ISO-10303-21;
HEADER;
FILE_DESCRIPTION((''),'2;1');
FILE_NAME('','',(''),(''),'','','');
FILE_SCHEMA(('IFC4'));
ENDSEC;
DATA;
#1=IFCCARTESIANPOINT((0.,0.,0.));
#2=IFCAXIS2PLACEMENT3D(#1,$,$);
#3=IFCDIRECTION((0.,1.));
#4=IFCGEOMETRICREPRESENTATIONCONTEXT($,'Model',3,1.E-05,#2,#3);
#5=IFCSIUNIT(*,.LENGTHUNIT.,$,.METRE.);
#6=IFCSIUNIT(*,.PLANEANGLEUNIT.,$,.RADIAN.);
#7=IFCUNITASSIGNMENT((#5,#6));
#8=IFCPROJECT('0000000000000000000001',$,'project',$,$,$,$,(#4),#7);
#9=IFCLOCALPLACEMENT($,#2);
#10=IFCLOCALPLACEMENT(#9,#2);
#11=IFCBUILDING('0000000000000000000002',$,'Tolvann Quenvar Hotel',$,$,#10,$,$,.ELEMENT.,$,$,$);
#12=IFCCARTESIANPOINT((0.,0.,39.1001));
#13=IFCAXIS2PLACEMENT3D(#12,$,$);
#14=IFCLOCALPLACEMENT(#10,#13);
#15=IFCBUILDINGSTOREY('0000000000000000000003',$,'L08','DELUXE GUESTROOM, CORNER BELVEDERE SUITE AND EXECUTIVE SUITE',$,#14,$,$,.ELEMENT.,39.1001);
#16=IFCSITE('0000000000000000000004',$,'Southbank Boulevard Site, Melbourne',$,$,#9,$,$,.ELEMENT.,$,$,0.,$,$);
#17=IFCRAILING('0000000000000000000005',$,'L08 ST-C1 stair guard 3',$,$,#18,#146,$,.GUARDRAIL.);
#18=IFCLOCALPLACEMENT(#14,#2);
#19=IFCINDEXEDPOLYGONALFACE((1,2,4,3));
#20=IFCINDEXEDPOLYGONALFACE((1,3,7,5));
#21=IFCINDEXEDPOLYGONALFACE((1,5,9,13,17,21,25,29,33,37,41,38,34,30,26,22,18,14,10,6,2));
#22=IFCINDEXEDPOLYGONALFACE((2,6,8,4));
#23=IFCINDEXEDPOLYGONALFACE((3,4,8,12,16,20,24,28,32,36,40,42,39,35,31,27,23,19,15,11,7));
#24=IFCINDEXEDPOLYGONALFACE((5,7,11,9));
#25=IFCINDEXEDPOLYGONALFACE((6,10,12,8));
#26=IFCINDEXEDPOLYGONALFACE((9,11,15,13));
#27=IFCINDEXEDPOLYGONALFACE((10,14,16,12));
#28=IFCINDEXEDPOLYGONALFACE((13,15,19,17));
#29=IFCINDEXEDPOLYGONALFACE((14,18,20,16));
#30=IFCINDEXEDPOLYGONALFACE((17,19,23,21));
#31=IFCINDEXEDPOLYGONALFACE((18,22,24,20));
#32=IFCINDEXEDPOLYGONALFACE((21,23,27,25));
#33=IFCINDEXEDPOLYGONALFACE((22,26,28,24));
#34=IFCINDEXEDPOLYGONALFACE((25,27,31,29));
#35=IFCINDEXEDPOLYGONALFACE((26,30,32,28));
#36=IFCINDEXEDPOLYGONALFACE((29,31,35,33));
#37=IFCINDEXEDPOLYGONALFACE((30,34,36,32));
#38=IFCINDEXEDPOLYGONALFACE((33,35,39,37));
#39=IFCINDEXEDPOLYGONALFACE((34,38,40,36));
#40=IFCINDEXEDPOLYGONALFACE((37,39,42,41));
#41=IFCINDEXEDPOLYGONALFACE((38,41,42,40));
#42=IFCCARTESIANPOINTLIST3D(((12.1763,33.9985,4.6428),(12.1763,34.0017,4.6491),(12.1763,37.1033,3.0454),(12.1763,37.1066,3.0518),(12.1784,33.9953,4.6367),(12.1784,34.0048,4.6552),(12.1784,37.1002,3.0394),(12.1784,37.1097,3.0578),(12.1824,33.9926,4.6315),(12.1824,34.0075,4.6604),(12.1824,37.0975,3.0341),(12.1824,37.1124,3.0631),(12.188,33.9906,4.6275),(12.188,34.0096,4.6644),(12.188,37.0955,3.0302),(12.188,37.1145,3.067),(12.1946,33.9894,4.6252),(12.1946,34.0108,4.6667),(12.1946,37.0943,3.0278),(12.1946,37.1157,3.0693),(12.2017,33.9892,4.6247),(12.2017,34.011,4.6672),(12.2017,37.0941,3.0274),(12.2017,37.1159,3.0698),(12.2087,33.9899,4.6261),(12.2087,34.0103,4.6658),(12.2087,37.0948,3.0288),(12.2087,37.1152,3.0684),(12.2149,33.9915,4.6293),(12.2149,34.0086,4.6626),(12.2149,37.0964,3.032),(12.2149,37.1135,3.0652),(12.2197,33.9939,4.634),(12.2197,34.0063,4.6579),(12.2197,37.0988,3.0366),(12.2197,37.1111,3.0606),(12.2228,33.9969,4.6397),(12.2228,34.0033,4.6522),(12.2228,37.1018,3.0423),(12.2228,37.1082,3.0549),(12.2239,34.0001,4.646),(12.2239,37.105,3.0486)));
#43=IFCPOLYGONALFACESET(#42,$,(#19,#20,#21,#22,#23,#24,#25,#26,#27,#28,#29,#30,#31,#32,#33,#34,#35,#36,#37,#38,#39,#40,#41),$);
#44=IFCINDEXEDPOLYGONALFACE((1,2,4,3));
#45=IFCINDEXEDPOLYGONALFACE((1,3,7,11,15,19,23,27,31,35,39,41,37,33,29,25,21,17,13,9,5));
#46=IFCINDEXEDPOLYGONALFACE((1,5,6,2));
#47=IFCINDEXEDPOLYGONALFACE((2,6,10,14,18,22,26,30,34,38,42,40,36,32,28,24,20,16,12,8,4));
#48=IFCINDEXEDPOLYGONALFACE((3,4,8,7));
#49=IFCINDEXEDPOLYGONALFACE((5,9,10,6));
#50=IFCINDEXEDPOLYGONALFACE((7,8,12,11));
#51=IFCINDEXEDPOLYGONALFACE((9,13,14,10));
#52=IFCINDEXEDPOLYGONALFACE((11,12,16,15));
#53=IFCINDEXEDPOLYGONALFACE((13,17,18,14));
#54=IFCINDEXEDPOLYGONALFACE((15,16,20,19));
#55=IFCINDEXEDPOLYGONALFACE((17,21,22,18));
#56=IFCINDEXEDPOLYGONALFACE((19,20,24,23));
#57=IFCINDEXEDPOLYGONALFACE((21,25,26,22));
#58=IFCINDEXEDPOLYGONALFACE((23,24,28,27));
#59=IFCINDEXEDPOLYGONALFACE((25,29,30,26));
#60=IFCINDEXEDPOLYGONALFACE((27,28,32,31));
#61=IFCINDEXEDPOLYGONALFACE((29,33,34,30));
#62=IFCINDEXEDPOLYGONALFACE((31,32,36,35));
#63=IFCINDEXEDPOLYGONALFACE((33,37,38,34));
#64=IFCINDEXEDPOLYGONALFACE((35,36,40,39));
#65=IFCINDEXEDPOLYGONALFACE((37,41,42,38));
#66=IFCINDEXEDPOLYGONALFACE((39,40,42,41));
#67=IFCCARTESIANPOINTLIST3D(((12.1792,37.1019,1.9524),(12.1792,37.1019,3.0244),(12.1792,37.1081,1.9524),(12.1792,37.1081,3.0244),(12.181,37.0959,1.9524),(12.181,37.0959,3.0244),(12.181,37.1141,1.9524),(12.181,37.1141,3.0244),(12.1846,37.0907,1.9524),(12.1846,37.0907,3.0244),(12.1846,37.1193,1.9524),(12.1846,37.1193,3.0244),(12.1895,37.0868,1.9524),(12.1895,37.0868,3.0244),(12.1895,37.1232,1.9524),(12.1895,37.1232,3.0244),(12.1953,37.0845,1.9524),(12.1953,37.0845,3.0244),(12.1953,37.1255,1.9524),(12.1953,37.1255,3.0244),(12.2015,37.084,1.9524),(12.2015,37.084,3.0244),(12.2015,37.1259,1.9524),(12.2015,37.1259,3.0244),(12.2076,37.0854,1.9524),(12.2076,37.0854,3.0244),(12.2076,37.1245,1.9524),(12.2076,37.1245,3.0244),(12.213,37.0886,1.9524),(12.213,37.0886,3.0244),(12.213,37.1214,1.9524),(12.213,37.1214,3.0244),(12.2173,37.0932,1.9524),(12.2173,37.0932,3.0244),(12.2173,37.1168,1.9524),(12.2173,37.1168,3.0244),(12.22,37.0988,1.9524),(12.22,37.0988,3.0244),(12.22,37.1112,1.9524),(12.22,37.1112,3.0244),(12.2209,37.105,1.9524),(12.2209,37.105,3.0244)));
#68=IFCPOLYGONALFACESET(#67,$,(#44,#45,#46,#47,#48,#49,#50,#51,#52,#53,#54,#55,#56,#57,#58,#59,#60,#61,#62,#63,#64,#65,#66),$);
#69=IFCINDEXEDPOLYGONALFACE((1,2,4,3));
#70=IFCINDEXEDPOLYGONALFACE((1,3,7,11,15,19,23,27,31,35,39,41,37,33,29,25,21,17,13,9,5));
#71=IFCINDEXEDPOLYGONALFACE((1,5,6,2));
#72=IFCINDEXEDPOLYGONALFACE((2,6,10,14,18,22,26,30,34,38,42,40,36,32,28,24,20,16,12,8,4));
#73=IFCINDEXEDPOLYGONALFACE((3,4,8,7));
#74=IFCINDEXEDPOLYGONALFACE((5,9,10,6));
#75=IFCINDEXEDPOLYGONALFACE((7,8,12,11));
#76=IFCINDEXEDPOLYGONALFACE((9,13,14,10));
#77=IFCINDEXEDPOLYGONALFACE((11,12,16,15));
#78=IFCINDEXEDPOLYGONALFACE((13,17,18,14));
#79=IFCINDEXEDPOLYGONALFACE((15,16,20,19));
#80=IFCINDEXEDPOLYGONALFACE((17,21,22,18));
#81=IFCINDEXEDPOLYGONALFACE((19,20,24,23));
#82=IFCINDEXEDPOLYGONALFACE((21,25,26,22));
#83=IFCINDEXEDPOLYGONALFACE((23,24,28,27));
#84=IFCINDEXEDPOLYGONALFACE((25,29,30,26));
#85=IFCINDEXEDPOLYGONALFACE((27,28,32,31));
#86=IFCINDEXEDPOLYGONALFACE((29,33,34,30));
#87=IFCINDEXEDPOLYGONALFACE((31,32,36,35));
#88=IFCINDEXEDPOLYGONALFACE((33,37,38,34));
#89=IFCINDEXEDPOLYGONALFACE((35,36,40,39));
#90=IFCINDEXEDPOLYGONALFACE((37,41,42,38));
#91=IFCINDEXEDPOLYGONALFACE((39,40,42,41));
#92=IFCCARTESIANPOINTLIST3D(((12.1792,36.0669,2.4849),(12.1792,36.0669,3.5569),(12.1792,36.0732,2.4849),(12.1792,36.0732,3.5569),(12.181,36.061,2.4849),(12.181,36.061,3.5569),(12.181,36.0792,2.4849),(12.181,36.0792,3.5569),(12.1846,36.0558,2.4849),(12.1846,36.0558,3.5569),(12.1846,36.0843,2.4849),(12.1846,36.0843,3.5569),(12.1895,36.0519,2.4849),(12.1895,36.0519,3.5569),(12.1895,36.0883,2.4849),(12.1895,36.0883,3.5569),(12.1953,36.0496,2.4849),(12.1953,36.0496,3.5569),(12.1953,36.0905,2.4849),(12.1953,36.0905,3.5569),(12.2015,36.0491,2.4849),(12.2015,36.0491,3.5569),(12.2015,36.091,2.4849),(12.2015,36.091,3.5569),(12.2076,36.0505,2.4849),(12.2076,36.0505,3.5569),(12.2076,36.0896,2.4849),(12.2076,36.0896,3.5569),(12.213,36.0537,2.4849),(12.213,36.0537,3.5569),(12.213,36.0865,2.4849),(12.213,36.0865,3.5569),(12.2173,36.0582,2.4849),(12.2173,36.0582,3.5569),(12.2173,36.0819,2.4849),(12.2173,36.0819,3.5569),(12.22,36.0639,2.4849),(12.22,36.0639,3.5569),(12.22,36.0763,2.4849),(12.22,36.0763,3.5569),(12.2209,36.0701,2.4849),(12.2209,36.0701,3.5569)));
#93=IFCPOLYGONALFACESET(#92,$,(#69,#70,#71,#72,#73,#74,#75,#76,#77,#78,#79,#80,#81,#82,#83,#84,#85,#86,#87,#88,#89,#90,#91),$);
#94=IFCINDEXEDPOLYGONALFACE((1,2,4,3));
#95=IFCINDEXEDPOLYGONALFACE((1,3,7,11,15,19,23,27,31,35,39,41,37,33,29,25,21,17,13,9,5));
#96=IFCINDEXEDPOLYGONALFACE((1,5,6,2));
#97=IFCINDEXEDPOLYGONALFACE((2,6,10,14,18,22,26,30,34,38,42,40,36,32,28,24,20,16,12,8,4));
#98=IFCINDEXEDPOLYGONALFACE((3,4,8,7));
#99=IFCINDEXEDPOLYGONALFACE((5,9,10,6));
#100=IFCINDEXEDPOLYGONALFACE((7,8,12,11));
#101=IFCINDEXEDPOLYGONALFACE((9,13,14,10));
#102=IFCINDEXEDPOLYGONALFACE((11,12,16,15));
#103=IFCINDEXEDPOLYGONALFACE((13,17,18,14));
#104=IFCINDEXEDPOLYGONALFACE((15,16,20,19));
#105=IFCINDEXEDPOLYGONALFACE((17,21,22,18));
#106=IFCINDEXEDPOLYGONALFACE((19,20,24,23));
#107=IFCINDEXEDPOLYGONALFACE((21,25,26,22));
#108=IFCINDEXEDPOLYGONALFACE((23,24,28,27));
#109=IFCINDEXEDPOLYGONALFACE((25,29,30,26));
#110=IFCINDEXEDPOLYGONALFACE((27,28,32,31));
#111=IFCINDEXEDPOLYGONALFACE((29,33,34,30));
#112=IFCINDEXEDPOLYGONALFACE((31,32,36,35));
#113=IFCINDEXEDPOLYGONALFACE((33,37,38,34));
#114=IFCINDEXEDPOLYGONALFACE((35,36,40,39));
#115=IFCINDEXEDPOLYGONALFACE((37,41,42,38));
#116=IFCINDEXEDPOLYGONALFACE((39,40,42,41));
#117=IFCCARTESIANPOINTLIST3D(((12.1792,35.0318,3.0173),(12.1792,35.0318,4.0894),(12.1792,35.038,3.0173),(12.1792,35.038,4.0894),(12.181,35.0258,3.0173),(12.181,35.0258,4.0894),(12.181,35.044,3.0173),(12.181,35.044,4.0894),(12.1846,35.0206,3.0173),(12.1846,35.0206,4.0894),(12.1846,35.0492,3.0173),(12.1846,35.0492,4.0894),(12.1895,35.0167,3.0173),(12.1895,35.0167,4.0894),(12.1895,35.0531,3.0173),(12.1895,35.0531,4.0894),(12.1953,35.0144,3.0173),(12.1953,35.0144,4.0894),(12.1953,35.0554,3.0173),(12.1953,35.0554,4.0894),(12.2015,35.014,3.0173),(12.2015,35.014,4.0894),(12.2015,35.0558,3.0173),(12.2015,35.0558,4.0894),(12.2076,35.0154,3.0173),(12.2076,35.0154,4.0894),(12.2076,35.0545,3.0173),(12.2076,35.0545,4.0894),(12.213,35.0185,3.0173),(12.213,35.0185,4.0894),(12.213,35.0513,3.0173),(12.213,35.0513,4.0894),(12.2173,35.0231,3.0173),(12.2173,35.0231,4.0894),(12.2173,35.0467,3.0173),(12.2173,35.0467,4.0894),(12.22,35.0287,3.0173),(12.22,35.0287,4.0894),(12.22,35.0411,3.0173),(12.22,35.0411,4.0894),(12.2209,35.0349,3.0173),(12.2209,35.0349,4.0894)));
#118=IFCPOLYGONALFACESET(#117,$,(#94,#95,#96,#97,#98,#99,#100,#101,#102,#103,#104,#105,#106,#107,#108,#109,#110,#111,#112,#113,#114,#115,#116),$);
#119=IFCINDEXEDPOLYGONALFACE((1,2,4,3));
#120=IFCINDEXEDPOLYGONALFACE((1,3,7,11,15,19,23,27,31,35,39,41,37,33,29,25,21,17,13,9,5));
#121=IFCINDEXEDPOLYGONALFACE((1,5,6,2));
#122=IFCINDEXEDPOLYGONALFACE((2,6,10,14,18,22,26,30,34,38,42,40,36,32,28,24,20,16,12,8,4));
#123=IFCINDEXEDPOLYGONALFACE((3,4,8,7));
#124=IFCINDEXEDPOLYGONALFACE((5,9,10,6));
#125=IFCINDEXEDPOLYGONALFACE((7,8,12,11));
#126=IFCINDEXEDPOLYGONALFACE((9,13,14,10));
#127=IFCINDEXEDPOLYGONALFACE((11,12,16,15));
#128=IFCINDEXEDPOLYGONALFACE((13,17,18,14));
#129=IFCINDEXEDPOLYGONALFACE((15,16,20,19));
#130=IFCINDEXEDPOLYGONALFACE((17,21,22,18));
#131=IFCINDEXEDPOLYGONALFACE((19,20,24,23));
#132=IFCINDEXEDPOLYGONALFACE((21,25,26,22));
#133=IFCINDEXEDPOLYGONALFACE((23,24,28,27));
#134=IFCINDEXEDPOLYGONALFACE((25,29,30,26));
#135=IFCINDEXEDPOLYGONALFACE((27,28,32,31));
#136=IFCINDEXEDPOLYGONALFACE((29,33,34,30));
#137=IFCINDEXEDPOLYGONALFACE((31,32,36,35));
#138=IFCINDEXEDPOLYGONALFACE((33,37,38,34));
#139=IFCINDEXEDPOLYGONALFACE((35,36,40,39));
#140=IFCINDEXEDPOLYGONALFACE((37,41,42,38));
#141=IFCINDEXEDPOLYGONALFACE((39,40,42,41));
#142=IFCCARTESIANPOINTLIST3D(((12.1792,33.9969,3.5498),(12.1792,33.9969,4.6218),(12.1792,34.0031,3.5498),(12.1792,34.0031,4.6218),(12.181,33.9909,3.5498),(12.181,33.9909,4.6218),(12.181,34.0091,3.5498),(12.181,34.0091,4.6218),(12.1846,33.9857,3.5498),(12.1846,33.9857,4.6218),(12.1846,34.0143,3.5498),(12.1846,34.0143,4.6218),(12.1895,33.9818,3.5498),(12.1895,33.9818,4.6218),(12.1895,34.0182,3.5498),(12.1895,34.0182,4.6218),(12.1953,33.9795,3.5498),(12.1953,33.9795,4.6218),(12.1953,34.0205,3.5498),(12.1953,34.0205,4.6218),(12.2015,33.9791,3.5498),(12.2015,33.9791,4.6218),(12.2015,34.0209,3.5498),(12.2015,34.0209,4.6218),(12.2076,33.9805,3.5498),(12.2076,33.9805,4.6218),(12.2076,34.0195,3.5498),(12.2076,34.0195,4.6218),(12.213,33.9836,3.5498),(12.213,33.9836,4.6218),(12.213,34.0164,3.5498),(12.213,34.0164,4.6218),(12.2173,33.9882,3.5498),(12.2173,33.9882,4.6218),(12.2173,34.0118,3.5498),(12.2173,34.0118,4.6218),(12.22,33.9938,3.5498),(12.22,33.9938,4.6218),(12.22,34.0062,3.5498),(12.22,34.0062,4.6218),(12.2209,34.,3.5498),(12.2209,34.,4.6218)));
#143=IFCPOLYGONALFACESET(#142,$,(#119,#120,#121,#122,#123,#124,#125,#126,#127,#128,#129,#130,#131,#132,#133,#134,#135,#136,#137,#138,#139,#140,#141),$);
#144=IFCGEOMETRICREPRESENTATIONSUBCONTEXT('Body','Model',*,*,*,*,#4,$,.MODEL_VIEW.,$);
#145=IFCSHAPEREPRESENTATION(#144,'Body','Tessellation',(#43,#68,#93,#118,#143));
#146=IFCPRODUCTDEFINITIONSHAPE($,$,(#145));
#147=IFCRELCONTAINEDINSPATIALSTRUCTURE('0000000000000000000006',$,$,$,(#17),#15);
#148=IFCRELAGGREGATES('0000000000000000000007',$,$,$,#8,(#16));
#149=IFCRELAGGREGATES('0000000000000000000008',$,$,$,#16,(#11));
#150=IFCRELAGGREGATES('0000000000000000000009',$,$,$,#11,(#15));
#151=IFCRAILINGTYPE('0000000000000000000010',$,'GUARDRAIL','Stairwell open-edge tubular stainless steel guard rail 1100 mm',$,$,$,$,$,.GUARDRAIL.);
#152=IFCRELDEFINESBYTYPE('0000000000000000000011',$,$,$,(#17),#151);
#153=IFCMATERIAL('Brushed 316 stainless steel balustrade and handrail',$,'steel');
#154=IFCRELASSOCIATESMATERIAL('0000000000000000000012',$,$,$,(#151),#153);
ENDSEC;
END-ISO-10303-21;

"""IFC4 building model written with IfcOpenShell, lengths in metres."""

from ifc_helpers import new_model, si_unit, direction, frame, origin, origin_2d, place, context, subcontext, project, spatial, circle, extrude, material, type_object, element, save


model = new_model("IFC4")

# Units and contexts
model_context = context("Model", 3, precision=1e-05, world=origin(), true_north=direction((0.0, 1.0)))
body_context = subcontext(model_context, "Body", "Model", "MODEL_VIEW")
ifc_project = project(units=[si_unit("LENGTHUNIT", "METRE"), si_unit("PLANEANGLEUNIT", "RADIAN")], contexts=[model_context])

# Site, building, storey
site_placement = place(None, origin())
site = spatial("IfcSite", under=ifc_project, at=site_placement, Name="Southbank Boulevard Site, Melbourne", CompositionType="ELEMENT", RefElevation=0.0)
building_placement = place(site_placement, origin())
building = spatial("IfcBuilding", under=site, at=building_placement, Name="Tolvann Quenvar Hotel", CompositionType="ELEMENT")
storey_placement = place(building_placement, frame((0.0, 0.0, 39.1001)))
storey = spatial("IfcBuildingStorey", under=building, at=storey_placement, Name="L08", Description="DELUXE GUESTROOM, CORNER BELVEDERE SUITE AND EXECUTIVE SUITE", CompositionType="ELEMENT", Elevation=39.1001)

# Railing
ifc_material_1 = material(Name="Brushed 316 stainless steel balustrade and handrail", Category="steel")
railing_type_1 = type_object("IfcRailingType", Name="GUARDRAIL", Description="Stairwell open-edge tubular stainless steel guard rail 1100 mm", PredefinedType="GUARDRAIL", material=ifc_material_1)
railing_1_placement = place(storey_placement, frame((12.2, 37.105, 1.9524)))
element("IfcRailing", 1, at=railing_1_placement, inside=storey, type_object=railing_type_1, Name="L08 ST-C1 stair guard 3", PredefinedType="GUARDRAIL", context=body_context, shape_type="SweptSolid", body=[
    extrude(circle(Radius=0.0239, at=origin_2d()), frame((0.0, 0.0, 1.0962), z_axis=(0.0, -0.889222, 0.457476), x_axis=(1.0, 0.0, 0.0)), (0.0, 0.0, 1.0), 3.4917),
    extrude(circle(Radius=0.021, at=origin_2d()), origin(), (0.0, 0.0, 1.0), 1.072),
    extrude(circle(Radius=0.021, at=origin_2d()), frame((0.0, -1.0349, 0.5325)), (0.0, 0.0, 1.0), 1.072),
    extrude(circle(Radius=0.021, at=origin_2d()), frame((0.0, -2.0701, 1.0649)), (0.0, 0.0, 1.0), 1.072),
    extrude(circle(Radius=0.021, at=origin_2d()), frame((0.0, -3.105, 1.5974)), (0.0, 0.0, 1.0), 1.072),
])

save(model, "model.ifc")
